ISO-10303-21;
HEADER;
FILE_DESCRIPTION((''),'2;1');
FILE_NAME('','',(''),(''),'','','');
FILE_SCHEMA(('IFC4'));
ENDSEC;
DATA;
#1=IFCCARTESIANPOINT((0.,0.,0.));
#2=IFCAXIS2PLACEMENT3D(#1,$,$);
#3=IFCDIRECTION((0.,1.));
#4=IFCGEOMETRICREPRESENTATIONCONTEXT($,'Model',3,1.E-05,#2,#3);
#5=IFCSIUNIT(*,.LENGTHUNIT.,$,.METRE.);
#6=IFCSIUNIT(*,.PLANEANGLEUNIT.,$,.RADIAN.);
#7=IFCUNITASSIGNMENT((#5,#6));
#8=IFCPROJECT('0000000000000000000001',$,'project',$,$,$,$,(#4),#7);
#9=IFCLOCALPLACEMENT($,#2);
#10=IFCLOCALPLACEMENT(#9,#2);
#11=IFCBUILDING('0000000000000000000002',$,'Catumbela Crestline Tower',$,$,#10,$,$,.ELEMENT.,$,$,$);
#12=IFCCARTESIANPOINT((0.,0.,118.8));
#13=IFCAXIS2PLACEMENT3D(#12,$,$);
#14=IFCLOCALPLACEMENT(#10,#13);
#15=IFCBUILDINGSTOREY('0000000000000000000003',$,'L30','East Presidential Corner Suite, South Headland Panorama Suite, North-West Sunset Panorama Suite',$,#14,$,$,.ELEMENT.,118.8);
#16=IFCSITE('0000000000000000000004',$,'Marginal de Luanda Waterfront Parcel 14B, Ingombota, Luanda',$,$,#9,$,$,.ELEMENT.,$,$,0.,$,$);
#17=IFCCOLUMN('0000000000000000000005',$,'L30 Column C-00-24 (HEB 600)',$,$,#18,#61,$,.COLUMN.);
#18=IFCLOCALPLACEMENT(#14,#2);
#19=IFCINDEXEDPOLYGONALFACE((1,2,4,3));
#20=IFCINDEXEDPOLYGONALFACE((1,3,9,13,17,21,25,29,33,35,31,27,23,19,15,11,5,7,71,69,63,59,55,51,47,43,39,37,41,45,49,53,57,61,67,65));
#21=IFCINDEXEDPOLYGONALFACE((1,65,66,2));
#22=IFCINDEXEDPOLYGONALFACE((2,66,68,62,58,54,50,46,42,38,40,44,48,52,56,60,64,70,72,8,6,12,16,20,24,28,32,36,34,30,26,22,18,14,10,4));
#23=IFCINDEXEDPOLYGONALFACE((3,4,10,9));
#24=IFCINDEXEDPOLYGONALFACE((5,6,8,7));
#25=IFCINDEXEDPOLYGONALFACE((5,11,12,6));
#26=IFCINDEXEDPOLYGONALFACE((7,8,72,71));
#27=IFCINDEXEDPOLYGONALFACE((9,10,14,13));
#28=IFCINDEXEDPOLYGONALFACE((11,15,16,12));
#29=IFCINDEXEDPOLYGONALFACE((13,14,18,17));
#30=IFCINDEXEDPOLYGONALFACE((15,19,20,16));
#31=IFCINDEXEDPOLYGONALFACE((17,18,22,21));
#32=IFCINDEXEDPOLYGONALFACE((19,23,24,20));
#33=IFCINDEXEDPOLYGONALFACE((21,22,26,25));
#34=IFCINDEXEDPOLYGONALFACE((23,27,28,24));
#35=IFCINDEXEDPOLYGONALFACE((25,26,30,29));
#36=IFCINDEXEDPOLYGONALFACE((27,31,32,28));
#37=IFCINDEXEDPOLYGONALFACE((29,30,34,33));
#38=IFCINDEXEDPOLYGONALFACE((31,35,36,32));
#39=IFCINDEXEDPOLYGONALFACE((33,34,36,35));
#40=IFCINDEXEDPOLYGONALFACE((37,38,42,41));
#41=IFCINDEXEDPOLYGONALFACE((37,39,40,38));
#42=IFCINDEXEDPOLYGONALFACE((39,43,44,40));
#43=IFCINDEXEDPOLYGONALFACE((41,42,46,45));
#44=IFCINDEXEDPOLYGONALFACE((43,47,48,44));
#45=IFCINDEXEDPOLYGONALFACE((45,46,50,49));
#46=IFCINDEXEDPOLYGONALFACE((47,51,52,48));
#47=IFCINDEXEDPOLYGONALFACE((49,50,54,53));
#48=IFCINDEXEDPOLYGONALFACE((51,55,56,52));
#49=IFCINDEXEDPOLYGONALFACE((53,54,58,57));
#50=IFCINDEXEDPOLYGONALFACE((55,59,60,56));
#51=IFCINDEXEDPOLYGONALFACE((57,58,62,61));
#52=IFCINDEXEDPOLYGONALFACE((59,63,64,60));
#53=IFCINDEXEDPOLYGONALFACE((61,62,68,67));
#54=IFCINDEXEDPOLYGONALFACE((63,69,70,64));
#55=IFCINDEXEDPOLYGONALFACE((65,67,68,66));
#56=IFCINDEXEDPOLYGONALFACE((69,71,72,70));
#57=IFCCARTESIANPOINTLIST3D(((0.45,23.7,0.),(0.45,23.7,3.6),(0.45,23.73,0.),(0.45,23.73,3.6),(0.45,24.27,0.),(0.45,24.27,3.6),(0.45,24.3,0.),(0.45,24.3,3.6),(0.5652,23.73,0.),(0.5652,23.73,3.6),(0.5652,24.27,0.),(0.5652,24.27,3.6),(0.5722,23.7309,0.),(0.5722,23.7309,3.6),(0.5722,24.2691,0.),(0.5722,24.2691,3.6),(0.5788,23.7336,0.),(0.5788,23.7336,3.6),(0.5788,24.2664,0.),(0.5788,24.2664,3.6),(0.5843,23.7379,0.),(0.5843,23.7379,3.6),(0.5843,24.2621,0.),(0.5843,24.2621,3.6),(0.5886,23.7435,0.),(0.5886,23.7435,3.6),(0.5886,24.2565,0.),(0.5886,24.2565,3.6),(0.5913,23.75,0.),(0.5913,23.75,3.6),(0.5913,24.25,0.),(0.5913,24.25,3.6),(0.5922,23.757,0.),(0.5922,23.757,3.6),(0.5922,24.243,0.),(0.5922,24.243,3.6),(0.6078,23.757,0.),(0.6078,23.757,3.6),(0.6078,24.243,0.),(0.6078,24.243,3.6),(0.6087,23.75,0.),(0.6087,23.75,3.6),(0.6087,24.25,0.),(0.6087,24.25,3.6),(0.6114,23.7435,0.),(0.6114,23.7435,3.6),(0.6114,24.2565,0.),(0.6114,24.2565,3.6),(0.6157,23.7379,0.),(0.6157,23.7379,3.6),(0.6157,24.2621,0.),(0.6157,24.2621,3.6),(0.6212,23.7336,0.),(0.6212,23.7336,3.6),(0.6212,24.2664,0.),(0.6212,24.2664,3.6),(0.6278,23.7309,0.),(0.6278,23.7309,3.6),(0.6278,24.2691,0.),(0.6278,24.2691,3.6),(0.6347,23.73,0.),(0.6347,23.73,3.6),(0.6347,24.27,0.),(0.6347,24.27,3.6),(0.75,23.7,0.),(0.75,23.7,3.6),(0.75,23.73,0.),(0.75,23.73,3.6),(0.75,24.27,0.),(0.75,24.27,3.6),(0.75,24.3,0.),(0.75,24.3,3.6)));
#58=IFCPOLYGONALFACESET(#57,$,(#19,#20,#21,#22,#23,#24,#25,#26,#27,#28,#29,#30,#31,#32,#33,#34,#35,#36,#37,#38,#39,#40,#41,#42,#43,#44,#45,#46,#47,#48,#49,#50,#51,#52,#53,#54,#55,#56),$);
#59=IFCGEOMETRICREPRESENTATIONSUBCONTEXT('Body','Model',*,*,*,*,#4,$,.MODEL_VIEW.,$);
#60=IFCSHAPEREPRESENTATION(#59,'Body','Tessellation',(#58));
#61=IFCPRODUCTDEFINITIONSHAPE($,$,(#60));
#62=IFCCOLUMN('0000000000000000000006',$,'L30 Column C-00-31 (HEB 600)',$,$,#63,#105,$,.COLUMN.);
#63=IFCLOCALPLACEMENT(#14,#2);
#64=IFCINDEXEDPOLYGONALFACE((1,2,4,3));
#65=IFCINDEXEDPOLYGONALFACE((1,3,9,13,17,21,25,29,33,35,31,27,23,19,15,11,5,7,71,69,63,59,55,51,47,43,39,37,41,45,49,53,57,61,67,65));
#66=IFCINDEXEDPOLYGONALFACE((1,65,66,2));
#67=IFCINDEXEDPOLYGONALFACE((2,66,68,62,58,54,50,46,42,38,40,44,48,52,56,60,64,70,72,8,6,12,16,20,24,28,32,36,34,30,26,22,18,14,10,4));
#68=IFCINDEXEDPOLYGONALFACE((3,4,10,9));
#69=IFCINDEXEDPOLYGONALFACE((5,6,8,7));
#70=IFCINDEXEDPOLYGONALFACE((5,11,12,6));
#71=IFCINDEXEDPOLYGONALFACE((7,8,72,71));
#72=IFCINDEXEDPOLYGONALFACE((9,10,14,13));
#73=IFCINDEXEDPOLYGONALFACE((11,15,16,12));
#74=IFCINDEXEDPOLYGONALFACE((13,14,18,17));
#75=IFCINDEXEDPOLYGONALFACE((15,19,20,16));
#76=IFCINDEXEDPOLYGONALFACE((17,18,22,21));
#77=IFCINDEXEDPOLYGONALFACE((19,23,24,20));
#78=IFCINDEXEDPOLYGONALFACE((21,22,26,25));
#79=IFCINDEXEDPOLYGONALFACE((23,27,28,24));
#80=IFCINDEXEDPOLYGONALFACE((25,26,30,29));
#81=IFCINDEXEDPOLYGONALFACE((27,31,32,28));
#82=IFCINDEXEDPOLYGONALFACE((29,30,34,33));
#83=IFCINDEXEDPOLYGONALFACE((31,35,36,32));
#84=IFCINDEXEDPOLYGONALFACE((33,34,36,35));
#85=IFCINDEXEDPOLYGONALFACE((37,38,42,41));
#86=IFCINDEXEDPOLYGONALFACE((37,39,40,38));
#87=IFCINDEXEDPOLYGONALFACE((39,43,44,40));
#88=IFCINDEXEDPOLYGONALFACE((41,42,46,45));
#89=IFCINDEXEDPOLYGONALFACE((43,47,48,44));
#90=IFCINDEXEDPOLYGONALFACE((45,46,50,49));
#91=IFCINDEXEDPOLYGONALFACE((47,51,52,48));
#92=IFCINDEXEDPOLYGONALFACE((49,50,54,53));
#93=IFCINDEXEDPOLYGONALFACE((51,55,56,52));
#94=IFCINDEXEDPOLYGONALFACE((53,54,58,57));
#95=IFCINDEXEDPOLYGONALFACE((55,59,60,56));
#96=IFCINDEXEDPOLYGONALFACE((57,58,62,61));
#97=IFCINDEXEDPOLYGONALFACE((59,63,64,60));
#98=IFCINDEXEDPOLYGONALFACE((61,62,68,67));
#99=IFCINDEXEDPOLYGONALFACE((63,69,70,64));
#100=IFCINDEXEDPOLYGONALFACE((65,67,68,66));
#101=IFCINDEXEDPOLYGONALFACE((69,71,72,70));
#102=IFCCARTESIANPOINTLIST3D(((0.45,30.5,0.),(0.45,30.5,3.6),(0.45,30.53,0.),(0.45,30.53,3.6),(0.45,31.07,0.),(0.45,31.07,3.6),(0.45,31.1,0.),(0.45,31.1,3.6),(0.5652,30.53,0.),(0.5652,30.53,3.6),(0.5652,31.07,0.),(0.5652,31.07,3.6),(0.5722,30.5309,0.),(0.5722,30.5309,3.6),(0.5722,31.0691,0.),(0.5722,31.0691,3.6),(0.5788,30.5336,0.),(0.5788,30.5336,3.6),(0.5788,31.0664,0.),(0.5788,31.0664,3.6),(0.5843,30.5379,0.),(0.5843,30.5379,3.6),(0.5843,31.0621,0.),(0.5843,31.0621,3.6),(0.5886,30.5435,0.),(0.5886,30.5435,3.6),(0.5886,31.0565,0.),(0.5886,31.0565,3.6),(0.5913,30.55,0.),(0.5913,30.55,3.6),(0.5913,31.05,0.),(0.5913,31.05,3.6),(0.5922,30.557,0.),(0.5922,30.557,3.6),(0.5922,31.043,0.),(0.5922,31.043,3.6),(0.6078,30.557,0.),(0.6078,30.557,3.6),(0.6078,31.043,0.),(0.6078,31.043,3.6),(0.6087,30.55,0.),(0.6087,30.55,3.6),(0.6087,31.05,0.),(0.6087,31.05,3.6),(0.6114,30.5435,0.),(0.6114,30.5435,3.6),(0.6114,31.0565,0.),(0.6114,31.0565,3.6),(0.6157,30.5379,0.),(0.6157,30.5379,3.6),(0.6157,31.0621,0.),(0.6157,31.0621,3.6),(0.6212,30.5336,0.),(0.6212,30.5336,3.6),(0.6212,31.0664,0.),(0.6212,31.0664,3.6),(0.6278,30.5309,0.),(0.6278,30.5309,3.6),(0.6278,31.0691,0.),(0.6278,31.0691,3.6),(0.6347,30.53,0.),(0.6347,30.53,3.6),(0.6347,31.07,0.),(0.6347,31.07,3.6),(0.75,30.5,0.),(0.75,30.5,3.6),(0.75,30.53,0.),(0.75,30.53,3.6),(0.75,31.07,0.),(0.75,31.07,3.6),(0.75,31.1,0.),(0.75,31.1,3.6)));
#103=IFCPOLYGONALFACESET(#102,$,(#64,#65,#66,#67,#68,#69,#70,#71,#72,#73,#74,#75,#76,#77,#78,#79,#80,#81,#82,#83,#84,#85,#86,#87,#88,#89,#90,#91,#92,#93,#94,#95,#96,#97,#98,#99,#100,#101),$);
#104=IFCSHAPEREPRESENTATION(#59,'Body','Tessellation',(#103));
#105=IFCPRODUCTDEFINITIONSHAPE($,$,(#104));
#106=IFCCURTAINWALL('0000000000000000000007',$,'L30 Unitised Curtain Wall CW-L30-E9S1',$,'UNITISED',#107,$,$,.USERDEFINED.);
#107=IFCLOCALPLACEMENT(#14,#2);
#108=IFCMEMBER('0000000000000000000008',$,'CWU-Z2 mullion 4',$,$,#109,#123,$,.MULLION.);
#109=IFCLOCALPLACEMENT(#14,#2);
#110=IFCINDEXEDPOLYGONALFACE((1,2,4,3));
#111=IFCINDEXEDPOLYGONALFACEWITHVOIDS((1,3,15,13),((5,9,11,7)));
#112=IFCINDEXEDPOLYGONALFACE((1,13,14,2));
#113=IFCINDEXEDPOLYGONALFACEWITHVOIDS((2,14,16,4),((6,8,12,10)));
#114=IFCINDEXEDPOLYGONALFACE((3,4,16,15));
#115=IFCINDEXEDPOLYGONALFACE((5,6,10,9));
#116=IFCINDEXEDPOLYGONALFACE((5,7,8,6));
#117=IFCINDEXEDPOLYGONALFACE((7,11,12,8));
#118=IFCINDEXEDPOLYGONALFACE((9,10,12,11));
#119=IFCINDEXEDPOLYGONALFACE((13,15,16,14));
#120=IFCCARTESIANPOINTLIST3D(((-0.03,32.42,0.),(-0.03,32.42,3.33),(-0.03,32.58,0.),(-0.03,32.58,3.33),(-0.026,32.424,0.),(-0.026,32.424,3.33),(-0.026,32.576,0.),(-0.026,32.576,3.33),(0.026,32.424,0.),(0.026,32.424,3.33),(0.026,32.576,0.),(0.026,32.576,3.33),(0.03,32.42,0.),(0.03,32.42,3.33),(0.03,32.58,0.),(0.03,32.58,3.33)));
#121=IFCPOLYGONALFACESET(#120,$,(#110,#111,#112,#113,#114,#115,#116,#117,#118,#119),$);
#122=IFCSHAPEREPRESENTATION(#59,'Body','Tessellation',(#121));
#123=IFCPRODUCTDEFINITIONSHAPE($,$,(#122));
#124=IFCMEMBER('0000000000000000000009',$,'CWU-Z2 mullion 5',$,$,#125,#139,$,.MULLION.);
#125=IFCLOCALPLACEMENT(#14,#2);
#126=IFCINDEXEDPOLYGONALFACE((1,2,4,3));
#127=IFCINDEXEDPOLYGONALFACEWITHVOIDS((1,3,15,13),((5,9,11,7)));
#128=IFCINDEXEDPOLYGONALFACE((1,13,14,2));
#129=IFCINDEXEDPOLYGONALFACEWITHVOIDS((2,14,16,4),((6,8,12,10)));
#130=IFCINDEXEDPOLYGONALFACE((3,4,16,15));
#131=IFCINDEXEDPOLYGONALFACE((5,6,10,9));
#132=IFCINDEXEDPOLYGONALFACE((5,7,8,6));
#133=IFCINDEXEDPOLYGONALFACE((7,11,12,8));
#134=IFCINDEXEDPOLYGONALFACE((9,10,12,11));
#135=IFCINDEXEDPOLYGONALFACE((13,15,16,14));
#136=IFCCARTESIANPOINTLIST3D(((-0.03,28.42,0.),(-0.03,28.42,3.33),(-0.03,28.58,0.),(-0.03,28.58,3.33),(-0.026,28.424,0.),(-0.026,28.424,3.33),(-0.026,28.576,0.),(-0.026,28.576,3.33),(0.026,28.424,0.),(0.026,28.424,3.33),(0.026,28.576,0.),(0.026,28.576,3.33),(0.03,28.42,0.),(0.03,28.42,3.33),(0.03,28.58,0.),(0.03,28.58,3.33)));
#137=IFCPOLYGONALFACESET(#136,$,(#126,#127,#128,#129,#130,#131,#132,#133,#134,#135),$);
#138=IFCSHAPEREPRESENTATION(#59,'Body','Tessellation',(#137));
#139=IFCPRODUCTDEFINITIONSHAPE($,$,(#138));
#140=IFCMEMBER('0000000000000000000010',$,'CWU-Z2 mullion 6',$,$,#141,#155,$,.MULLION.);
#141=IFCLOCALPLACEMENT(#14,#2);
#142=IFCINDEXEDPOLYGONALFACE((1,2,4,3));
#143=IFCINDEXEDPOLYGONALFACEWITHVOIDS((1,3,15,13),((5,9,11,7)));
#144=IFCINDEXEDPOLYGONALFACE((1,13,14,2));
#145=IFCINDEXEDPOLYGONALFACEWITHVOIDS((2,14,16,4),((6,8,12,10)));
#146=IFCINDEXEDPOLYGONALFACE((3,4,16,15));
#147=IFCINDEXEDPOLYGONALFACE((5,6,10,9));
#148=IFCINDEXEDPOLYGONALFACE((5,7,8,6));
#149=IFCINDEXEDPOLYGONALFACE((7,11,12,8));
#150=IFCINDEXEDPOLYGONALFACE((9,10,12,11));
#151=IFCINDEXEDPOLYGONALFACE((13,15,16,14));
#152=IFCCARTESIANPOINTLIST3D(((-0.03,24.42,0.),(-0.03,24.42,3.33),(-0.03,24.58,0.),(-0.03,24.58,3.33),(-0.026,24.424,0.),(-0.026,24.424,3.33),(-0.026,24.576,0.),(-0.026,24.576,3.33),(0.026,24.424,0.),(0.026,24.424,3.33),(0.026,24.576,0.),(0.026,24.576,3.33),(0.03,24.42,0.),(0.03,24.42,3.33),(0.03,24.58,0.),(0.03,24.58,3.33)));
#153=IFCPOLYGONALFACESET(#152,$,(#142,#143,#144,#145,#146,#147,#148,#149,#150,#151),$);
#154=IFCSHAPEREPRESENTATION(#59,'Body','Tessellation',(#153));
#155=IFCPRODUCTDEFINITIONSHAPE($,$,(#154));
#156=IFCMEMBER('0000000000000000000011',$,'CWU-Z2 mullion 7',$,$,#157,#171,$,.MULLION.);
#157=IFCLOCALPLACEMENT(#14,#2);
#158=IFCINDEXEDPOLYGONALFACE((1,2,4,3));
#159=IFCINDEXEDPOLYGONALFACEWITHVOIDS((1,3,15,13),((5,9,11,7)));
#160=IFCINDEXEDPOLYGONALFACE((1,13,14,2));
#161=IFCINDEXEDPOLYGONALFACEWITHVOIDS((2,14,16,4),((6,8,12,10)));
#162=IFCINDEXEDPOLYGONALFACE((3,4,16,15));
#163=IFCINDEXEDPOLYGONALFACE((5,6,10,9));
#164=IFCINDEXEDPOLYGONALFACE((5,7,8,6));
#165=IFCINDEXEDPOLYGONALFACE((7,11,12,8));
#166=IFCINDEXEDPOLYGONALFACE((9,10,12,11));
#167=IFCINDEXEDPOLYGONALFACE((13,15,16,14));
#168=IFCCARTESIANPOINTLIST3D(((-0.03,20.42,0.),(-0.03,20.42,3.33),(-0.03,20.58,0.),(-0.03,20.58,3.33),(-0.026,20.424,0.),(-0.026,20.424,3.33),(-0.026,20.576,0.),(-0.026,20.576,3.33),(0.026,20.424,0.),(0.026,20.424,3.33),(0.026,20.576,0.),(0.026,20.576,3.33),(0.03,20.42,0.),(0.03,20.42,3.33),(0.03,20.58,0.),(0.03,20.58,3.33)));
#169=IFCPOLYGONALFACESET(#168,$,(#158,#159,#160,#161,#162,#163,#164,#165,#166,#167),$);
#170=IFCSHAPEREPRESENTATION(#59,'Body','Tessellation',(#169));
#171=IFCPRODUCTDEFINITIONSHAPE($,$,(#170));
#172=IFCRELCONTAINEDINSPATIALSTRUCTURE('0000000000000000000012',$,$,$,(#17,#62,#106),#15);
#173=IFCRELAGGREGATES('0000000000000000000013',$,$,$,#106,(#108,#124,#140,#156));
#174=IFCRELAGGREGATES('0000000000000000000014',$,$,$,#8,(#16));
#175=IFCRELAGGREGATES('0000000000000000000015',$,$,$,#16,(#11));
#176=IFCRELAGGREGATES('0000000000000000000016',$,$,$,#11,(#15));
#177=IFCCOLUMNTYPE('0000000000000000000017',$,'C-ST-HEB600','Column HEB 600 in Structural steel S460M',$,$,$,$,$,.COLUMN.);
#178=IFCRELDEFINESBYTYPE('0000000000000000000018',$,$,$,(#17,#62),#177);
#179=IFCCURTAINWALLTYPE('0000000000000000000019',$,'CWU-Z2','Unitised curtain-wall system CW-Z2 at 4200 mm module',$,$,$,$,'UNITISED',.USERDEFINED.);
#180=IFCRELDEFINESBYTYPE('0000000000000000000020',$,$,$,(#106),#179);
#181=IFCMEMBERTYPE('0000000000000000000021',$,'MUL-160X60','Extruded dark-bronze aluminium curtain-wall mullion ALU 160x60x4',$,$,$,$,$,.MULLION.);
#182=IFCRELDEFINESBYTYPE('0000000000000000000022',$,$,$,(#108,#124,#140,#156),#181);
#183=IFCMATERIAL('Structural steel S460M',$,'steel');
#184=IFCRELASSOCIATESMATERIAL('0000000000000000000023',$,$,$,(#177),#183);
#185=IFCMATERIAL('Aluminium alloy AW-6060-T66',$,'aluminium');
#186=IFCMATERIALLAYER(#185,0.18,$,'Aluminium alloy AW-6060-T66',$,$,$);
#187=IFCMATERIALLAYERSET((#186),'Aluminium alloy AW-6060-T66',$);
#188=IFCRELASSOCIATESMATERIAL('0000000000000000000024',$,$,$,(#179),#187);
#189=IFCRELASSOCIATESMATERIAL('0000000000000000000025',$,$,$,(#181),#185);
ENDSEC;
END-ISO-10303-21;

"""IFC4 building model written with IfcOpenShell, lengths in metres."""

from ifc_helpers import new_model, si_unit, direction, frame, origin, origin_2d, place, context, subcontext, project, spatial, hollow_rectangle, i_section, extrude, material, layer, layer_set, material_profile, profile_set, type_object, element, aggregate, save


model = new_model("IFC4")

# Units and contexts
model_context = context("Model", 3, precision=1e-05, world=origin(), true_north=direction((0.0, 1.0)))
body_context = subcontext(model_context, "Body", "Model", "MODEL_VIEW")
ifc_project = project(units=[si_unit("LENGTHUNIT", "METRE"), si_unit("PLANEANGLEUNIT", "RADIAN")], contexts=[model_context])

# Site, building, storey
site_placement = place(None, origin())
site = spatial("IfcSite", under=ifc_project, at=site_placement, Name="Marginal de Luanda Waterfront Parcel 14B, Ingombota, Luanda", CompositionType="ELEMENT", RefElevation=0.0)
building_placement = place(site_placement, origin())
building = spatial("IfcBuilding", under=site, at=building_placement, Name="Catumbela Crestline Tower", CompositionType="ELEMENT")
storey_placement = place(building_placement, frame((0.0, 0.0, 118.8)))
storey = spatial("IfcBuildingStorey", under=building, at=storey_placement, Name="L30", Description="East Presidential Corner Suite, South Headland Panorama Suite, North-West Sunset Panorama Suite", CompositionType="ELEMENT", Elevation=118.8)

# Columns
ifc_material_1 = material(Name="Structural steel S460M", Category="steel")
ifc_material_profile_1 = material_profile(ifc_material_1, i_section(OverallWidth=0.3, OverallDepth=0.6, WebThickness=0.0155, FlangeThickness=0.03, FilletRadius=0.027, at=origin_2d()), Name="HEB 600")
ifc_profile_set_1 = profile_set([ifc_material_profile_1], Name="Structural steel S460M")
column_type = type_object("IfcColumnType", Name="C-ST-HEB600", Description="Column HEB 600 in Structural steel S460M", PredefinedType="COLUMN", material=ifc_profile_set_1)
for number, where, z_axis, x_axis, name in (
    (1, (0.6, 24.0, 0.0), (0.0, 0.0, 1.0), (1.0, 0.0, 0.0), "L30 Column C-00-24 (HEB 600)"),
    (2, (0.6, 30.8, 0.0), (0.0, 0.0, 1.0), (1.0, 0.0, 0.0), "L30 Column C-00-31 (HEB 600)"),
):
    element("IfcColumn", number, at=place(storey_placement, frame(where, z_axis=z_axis, x_axis=x_axis)), inside=storey, type_object=column_type, Name=name, PredefinedType="COLUMN", context=body_context, shape_type="SweptSolid", body=[
        extrude(i_section(OverallWidth=0.3, OverallDepth=0.6, WebThickness=0.0155, FlangeThickness=0.03, FilletRadius=0.027, at=origin_2d()), origin(), (0.0, 0.0, 1.0), 3.6),
    ])

# Curtain wall, members
ifc_material_2 = material(Name="Aluminium alloy AW-6060-T66", Category="aluminium")
ifc_layer_1 = layer(ifc_material_2, 0.18, Name="Aluminium alloy AW-6060-T66")
ifc_layer_set_1 = layer_set([ifc_layer_1], Name="Aluminium alloy AW-6060-T66")
curtain_wall_type = type_object("IfcCurtainWallType", Name="CWU-Z2", Description="Unitised curtain-wall system CW-Z2 at 4200 mm module", ElementType="UNITISED", PredefinedType="USERDEFINED", material=ifc_layer_set_1)
curtain_wall_placement = place(storey_placement, origin())
curtain_wall = element("IfcCurtainWall", 3, at=curtain_wall_placement, inside=storey, type_object=curtain_wall_type, Name="L30 Unitised Curtain Wall CW-L30-E9S1", ObjectType="UNITISED", PredefinedType="USERDEFINED")
ifc_material_profile_2 = material_profile(ifc_material_2, hollow_rectangle(XDim=0.06, YDim=0.16, WallThickness=0.004, at=origin_2d()), Name="ALU 160x60x4")
ifc_profile_set_2 = profile_set([ifc_material_profile_2], Name="Aluminium alloy AW-6060-T66")
member_type_1 = type_object("IfcMemberType", Name="MUL-160X60", Description="Extruded dark-bronze aluminium curtain-wall mullion ALU 160x60x4", PredefinedType="MULLION", material=ifc_profile_set_2)
member_1_placement = place(storey_placement, frame((0.0, 32.5, 0.0), z_axis=(0.0, 0.0, 1.0), x_axis=(1.0, 0.0, 0.0)))
member_1 = element("IfcMember", 4, at=member_1_placement, type_object=member_type_1, Name="CWU-Z2 mullion 4", PredefinedType="MULLION", context=body_context, shape_type="SweptSolid", body=[
    extrude(hollow_rectangle(XDim=0.06, YDim=0.16, WallThickness=0.004, at=origin_2d()), origin(), (0.0, 0.0, 1.0), 3.33),
])
member_2_placement = place(storey_placement, frame((0.0, 28.5, 0.0), z_axis=(0.0, 0.0, 1.0), x_axis=(1.0, 0.0, 0.0)))
member_2 = element("IfcMember", 5, at=member_2_placement, type_object=member_type_1, Name="CWU-Z2 mullion 5", PredefinedType="MULLION", context=body_context, shape_type="SweptSolid", body=[
    extrude(hollow_rectangle(XDim=0.06, YDim=0.16, WallThickness=0.004, at=origin_2d()), origin(), (0.0, 0.0, 1.0), 3.33),
])
member_3_placement = place(storey_placement, frame((0.0, 24.5, 0.0), z_axis=(0.0, 0.0, 1.0), x_axis=(1.0, 0.0, 0.0)))
member_3 = element("IfcMember", 6, at=member_3_placement, type_object=member_type_1, Name="CWU-Z2 mullion 6", PredefinedType="MULLION", context=body_context, shape_type="SweptSolid", body=[
    extrude(hollow_rectangle(XDim=0.06, YDim=0.16, WallThickness=0.004, at=origin_2d()), origin(), (0.0, 0.0, 1.0), 3.33),
])
member_4_placement = place(storey_placement, frame((0.0, 20.5, 0.0), z_axis=(0.0, 0.0, 1.0), x_axis=(1.0, 0.0, 0.0)))
member_4 = element("IfcMember", 7, at=member_4_placement, type_object=member_type_1, Name="CWU-Z2 mullion 7", PredefinedType="MULLION", context=body_context, shape_type="SweptSolid", body=[
    extrude(hollow_rectangle(XDim=0.06, YDim=0.16, WallThickness=0.004, at=origin_2d()), origin(), (0.0, 0.0, 1.0), 3.33),
])

aggregate(curtain_wall, [member_1, member_2, member_3, member_4])

save(model, "model.ifc")
